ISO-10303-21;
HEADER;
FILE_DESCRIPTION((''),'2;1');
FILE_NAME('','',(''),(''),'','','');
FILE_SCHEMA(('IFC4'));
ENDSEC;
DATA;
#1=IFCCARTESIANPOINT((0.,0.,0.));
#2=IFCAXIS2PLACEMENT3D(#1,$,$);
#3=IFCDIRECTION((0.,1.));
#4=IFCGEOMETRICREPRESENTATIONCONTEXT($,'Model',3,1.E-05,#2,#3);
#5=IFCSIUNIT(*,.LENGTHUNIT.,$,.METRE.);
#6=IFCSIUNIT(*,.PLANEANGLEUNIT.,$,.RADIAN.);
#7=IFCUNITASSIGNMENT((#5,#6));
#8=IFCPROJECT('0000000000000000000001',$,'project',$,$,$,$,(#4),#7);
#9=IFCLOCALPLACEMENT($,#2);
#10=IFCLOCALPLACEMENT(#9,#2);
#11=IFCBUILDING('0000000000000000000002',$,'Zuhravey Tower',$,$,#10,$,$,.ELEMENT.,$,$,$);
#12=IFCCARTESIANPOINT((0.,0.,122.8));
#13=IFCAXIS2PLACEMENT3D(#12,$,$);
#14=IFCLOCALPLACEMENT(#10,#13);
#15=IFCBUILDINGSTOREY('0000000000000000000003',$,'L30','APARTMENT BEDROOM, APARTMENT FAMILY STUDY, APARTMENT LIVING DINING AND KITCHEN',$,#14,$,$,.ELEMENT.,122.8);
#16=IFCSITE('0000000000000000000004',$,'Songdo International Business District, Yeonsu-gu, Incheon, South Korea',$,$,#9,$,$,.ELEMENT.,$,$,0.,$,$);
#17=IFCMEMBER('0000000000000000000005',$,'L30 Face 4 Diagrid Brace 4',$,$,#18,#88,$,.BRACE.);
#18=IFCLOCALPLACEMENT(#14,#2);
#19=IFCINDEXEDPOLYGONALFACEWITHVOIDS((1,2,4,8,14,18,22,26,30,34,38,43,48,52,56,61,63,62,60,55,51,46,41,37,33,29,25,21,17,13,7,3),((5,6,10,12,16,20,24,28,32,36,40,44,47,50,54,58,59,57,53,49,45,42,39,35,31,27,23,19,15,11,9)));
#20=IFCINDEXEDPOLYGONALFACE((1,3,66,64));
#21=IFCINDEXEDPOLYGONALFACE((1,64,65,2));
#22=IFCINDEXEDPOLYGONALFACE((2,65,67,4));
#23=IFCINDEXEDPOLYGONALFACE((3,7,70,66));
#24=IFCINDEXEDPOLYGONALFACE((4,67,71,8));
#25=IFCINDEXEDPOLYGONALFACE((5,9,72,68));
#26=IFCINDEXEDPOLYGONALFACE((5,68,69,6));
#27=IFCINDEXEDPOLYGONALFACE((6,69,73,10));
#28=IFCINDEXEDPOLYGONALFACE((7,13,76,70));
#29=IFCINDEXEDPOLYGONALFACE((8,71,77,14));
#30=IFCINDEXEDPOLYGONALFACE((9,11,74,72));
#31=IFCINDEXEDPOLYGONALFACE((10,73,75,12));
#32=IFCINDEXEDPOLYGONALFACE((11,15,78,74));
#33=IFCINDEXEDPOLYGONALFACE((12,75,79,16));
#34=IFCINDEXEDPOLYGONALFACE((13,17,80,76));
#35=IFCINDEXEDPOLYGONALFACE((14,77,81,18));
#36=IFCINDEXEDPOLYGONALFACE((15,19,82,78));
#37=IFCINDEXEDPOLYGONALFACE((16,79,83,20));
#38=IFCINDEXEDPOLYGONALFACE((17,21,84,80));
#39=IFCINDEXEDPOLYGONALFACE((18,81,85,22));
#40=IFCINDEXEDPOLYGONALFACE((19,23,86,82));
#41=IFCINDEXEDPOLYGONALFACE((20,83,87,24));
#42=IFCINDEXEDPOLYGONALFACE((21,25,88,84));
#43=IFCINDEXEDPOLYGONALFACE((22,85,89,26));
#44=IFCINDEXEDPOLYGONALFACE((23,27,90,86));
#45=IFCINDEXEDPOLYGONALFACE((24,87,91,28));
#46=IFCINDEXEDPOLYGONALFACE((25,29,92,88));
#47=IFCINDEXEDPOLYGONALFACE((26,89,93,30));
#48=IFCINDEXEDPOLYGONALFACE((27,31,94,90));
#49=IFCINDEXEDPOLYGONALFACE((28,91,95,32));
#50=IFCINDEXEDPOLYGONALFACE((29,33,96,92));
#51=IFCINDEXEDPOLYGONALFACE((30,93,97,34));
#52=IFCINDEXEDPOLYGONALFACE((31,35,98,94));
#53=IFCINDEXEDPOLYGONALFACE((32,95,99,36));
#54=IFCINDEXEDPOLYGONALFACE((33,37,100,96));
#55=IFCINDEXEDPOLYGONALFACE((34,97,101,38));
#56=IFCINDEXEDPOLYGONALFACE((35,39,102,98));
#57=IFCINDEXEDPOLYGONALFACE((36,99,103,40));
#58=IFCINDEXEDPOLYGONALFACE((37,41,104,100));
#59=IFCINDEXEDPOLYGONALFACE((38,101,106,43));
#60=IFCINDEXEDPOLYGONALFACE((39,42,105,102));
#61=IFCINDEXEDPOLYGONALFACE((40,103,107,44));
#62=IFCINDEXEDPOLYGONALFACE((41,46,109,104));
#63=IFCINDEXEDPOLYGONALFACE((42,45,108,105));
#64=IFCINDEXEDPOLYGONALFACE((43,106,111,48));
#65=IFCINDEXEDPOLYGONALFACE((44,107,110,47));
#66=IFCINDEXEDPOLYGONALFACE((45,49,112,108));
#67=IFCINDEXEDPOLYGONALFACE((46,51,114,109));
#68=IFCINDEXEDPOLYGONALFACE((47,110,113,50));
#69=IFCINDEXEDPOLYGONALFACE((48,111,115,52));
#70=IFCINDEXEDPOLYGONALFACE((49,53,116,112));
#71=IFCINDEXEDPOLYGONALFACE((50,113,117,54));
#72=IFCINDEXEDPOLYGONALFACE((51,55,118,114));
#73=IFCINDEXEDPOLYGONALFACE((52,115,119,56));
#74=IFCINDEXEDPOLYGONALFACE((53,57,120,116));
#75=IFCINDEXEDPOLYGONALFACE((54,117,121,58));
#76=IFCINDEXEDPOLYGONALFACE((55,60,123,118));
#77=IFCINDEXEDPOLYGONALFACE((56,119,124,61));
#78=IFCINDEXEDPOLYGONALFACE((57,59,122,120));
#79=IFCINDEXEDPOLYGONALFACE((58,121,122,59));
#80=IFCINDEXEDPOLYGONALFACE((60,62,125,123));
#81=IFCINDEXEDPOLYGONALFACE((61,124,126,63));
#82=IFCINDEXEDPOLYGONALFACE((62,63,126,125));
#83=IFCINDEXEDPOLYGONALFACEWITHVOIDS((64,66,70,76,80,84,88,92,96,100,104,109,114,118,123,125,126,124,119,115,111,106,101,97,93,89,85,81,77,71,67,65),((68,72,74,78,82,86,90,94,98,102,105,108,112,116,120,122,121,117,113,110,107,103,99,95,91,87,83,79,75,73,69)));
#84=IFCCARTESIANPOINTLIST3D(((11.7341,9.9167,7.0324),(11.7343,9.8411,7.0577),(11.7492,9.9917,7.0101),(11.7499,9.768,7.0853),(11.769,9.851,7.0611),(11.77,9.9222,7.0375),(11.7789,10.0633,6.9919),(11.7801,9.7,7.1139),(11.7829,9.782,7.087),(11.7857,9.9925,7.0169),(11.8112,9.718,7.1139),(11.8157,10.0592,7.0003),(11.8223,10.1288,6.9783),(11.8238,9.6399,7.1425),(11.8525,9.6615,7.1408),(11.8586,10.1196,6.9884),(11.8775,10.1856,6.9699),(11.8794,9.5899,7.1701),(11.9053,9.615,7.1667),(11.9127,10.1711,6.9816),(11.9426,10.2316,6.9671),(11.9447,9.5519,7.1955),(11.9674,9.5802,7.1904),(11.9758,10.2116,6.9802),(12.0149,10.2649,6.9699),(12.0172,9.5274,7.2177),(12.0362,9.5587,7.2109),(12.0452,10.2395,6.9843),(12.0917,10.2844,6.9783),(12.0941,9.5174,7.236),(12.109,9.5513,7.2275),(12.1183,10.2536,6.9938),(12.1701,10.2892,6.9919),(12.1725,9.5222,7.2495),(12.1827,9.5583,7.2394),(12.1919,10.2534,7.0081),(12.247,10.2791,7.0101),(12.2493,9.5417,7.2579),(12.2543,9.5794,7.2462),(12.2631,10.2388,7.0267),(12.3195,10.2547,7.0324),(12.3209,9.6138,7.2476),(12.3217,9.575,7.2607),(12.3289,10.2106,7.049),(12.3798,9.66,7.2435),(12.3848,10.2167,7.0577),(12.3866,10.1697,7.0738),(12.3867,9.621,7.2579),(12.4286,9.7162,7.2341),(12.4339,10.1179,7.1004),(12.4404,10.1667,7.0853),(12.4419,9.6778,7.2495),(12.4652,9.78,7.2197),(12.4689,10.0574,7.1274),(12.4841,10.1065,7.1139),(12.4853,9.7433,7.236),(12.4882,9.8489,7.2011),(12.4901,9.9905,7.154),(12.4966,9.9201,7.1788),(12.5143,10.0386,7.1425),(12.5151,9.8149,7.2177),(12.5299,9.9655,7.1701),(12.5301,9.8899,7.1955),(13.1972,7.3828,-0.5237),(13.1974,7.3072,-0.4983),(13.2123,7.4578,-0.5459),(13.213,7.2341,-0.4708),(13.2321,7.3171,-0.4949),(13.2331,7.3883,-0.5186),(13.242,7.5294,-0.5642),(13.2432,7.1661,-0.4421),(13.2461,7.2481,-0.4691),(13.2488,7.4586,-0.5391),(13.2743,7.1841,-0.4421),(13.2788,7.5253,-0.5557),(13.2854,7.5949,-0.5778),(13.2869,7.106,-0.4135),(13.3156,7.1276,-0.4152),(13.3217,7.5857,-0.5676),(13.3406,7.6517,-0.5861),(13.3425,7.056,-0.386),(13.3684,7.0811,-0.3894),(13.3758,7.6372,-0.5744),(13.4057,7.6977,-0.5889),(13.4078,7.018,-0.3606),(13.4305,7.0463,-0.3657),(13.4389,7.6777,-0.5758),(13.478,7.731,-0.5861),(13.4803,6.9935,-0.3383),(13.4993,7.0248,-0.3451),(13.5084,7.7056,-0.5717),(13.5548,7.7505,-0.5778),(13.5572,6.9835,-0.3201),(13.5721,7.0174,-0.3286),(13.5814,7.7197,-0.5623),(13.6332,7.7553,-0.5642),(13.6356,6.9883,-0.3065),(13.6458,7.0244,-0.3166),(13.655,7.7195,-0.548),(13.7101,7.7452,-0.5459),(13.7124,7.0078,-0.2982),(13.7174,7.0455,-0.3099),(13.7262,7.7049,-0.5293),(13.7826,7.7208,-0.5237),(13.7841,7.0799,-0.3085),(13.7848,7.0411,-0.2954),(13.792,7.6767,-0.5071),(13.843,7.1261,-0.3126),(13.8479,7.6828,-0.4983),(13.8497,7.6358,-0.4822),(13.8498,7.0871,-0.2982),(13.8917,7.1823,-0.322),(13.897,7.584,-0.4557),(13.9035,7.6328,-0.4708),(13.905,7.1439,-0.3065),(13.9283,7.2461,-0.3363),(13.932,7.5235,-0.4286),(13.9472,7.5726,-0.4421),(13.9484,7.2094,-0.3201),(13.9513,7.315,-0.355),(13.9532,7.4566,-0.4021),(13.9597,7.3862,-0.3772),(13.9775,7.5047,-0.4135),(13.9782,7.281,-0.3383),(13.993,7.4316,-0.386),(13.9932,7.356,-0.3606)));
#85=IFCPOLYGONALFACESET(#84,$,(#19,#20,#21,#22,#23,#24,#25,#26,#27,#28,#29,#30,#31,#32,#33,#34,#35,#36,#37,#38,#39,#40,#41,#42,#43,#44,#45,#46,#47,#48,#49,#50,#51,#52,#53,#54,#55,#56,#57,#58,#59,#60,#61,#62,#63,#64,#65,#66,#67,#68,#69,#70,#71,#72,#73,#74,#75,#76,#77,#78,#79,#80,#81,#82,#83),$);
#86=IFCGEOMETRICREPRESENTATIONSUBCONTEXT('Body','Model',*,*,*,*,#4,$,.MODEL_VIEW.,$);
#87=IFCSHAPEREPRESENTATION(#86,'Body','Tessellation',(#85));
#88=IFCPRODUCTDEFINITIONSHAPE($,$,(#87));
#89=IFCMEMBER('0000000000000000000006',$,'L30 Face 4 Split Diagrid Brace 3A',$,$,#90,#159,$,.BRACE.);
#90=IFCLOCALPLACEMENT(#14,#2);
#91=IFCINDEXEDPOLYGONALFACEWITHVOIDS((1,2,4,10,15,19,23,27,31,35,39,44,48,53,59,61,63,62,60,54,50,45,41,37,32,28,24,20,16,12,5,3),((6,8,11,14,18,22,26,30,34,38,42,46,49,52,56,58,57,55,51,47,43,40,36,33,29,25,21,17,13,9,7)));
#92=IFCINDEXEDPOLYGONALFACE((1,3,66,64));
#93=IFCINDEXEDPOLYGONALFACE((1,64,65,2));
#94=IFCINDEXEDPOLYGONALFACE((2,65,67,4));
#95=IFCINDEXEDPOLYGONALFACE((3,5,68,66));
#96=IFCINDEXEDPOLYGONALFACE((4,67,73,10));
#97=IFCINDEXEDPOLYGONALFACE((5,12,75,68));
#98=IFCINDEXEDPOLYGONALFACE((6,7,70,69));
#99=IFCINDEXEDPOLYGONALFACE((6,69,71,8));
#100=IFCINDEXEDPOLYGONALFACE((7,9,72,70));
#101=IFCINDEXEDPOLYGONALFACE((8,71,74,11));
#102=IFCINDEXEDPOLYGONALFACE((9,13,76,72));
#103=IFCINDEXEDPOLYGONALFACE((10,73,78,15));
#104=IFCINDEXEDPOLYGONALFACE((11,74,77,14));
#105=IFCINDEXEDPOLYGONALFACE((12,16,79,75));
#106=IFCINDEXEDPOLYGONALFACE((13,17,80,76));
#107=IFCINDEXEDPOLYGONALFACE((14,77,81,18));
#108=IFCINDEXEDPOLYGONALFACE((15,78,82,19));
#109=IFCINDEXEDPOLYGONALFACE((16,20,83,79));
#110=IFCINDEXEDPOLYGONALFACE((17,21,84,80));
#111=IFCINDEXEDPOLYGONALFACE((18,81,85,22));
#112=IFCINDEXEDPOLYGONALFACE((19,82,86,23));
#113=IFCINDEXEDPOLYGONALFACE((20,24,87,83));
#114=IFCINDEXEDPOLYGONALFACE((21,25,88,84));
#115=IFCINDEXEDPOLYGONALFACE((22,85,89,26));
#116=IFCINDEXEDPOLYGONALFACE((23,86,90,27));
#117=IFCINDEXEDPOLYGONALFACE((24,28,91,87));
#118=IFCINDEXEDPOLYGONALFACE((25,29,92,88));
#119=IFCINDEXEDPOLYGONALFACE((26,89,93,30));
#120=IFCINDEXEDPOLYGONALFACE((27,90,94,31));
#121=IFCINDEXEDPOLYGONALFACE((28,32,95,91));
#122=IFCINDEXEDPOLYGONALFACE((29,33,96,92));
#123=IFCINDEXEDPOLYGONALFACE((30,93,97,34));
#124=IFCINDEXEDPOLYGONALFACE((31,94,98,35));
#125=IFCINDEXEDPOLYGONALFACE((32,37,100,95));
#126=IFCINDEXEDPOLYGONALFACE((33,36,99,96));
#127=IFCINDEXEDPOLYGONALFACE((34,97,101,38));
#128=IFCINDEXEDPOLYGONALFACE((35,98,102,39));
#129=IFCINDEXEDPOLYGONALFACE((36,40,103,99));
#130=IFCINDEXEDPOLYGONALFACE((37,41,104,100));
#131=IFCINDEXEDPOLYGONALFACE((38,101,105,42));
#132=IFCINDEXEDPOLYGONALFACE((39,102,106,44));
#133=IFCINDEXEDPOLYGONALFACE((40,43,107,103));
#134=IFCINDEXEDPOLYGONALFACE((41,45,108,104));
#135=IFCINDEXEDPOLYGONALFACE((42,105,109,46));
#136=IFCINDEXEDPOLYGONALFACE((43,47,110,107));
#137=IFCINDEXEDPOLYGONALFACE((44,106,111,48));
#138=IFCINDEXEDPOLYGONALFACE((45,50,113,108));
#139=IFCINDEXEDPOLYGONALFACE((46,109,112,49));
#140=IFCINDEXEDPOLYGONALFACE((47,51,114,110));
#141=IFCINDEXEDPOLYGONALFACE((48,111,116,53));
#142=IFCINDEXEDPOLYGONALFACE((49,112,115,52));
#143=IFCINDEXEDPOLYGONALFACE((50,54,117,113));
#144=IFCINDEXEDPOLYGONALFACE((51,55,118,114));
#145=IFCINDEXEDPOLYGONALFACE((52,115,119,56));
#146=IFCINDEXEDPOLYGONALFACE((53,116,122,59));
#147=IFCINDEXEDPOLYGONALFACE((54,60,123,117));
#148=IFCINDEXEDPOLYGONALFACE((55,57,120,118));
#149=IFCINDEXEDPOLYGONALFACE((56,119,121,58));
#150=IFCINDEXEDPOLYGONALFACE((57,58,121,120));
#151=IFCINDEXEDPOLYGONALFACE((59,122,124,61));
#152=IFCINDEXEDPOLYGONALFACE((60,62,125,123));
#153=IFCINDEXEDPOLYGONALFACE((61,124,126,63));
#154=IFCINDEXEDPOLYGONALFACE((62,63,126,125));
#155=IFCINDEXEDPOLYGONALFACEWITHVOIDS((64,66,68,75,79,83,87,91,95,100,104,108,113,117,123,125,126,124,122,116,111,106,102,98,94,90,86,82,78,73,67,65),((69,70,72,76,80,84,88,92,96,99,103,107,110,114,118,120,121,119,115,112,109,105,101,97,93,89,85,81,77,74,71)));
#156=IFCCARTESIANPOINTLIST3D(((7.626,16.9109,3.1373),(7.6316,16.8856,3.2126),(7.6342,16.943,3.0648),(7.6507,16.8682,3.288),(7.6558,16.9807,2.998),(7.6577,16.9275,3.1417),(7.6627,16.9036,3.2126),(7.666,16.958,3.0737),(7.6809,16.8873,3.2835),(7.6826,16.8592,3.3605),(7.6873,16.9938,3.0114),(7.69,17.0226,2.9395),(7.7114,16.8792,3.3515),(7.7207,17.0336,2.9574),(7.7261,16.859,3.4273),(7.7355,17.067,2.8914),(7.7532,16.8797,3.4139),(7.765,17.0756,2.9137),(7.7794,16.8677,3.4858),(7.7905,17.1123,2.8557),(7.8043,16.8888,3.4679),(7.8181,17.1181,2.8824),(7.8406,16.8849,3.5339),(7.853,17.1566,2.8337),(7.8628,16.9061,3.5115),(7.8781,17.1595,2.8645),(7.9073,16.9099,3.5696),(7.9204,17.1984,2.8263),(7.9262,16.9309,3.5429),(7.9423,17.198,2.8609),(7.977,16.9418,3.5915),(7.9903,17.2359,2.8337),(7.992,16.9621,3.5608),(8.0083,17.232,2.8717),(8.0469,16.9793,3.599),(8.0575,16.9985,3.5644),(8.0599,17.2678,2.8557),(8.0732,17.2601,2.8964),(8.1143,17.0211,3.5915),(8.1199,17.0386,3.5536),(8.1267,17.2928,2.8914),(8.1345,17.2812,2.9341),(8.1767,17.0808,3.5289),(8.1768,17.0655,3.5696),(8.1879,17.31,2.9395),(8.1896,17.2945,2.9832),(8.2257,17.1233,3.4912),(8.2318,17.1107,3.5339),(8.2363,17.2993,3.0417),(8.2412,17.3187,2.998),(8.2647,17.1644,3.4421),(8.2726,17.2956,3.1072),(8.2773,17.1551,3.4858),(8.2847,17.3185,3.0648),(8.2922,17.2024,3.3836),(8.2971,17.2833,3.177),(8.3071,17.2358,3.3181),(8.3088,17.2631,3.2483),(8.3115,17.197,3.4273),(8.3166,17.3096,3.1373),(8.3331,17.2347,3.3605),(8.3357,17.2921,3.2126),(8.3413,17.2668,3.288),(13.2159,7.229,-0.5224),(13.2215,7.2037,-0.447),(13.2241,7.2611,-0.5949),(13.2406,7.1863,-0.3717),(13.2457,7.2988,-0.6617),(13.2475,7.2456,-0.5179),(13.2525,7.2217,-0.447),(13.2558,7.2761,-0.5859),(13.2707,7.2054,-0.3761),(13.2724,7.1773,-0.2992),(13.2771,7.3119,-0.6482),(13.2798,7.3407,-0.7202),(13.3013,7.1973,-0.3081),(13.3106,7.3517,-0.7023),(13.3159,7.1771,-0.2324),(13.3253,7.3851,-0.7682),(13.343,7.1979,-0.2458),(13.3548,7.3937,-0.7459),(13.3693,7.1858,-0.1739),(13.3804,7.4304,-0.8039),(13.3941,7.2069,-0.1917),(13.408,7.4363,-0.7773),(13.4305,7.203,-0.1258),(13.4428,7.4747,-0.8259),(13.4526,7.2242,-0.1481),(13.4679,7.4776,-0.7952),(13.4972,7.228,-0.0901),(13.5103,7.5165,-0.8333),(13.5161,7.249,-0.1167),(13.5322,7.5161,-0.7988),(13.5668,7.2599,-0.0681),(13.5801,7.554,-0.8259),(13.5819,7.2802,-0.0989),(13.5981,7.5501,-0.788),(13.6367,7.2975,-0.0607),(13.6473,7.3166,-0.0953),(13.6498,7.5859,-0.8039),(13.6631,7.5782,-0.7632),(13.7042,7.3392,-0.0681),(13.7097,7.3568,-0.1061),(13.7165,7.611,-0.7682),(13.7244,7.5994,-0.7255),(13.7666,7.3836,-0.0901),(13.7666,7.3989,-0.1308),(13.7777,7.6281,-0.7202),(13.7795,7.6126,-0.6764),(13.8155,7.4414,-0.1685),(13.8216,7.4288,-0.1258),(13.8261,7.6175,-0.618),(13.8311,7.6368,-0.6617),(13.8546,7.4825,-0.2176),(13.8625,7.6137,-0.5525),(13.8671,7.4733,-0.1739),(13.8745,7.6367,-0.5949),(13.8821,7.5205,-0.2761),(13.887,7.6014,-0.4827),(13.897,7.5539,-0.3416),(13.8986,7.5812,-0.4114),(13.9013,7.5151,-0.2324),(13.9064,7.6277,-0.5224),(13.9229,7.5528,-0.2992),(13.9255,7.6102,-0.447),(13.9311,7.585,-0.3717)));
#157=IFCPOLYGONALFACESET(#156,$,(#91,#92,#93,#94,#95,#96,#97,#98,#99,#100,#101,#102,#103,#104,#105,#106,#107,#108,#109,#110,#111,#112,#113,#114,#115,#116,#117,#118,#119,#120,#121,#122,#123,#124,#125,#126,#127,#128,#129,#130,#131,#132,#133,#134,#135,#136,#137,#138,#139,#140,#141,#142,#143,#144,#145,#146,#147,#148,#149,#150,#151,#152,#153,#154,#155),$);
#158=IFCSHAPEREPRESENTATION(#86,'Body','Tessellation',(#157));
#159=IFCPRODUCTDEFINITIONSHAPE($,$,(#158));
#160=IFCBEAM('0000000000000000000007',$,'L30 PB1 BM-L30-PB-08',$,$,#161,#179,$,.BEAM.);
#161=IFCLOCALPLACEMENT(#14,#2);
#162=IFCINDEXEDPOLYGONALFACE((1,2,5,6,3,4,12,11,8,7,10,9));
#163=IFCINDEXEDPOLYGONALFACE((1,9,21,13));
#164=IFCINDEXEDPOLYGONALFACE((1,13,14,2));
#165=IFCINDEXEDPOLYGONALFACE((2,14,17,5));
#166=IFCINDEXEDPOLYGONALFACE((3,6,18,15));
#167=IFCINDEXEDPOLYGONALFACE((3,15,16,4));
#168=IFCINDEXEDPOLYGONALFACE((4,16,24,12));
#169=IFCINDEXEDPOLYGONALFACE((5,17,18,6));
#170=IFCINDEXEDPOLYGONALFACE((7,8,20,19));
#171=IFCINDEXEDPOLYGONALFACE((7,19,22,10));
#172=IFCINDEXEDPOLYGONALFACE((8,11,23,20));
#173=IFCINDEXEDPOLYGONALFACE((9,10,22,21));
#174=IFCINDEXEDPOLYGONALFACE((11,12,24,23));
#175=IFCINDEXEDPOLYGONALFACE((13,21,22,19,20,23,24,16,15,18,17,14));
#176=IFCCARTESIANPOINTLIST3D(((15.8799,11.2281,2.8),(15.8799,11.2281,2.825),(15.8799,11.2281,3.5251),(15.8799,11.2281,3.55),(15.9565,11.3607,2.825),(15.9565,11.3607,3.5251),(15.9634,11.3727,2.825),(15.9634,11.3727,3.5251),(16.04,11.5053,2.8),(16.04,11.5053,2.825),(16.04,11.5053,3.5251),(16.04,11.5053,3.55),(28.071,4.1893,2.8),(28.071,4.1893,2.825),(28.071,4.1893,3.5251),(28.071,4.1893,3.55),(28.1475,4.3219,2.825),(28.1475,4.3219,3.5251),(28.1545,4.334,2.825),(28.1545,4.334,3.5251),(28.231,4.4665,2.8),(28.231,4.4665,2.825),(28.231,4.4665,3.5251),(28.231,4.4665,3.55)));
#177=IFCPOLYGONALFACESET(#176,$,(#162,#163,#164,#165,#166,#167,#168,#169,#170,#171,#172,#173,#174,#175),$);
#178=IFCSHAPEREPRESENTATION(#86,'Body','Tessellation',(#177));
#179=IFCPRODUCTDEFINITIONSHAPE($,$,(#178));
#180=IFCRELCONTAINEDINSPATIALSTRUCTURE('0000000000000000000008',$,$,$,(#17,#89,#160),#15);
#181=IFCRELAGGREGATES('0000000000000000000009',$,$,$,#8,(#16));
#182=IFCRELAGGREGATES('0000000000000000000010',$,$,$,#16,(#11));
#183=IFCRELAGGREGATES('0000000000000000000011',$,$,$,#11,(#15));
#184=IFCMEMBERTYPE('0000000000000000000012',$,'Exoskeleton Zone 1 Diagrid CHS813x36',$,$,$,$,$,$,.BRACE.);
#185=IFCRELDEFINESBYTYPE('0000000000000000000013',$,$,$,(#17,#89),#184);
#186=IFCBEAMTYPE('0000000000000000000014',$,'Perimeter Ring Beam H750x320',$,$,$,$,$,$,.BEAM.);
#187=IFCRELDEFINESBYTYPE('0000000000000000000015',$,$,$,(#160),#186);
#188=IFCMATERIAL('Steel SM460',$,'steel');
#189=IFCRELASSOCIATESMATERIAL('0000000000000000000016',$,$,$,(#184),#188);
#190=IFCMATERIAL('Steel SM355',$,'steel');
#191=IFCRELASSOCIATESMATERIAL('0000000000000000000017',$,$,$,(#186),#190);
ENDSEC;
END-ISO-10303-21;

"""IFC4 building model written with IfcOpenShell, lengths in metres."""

from ifc_helpers import new_model, si_unit, direction, frame, origin, origin_2d, place, context, subcontext, project, spatial, hollow_circle, i_section, extrude, material, material_profile, profile_set, type_object, element, save


model = new_model("IFC4")

# Units and contexts
model_context = context("Model", 3, precision=1e-05, world=origin(), true_north=direction((0.0, 1.0)))
body_context = subcontext(model_context, "Body", "Model", "MODEL_VIEW")
ifc_project = project(units=[si_unit("LENGTHUNIT", "METRE"), si_unit("PLANEANGLEUNIT", "RADIAN")], contexts=[model_context])

# Site, building, storey
site_placement = place(None, origin())
site = spatial("IfcSite", under=ifc_project, at=site_placement, Name="Songdo International Business District, Yeonsu-gu, Incheon, South Korea", CompositionType="ELEMENT", RefElevation=0.0)
building_placement = place(site_placement, origin())
building = spatial("IfcBuilding", under=site, at=building_placement, Name="Zuhravey Tower", CompositionType="ELEMENT")
storey_placement = place(building_placement, frame((0.0, 0.0, 122.8)))
storey = spatial("IfcBuildingStorey", under=building, at=storey_placement, Name="L30", Description="APARTMENT BEDROOM, APARTMENT FAMILY STUDY, APARTMENT LIVING DINING AND KITCHEN", CompositionType="ELEMENT", Elevation=122.8)

# Members
ifc_material_1 = material(Name="Steel SM460", Category="steel")
ifc_material_profile_1 = material_profile(ifc_material_1, hollow_circle(Radius=0.4065, WallThickness=0.0359, at=origin_2d()), Name="CHS-812.8x36")
ifc_profile_set_1 = profile_set([ifc_material_profile_1], Name="Steel SM460")
member_type_1 = type_object("IfcMemberType", Name="Exoskeleton Zone 1 Diagrid CHS813x36", PredefinedType="BRACE", material=ifc_profile_set_1)
member_1_placement = place(storey_placement, frame((13.5952, 7.3694, -0.4421), z_axis=(-0.180569, 0.312719, 0.932524), x_axis=(-0.866001, -0.500043, 0.0)))
element("IfcMember", 1, at=member_1_placement, inside=storey, type_object=member_type_1, Name="L30 Face 4 Diagrid Brace 4", PredefinedType="BRACE", context=body_context, shape_type="SweptSolid", body=[
    extrude(hollow_circle(Radius=0.4065, WallThickness=0.0359, at=origin_2d()), origin(), (0.0, 0.0, 1.0), 8.1028),
])
member_2_placement = place(storey_placement, frame((13.5735, 7.407, -0.447), z_axis=(-0.475188, 0.823049, 0.311105), x_axis=(-0.866025, -0.5, 0.0)))
element("IfcMember", 2, at=member_2_placement, inside=storey, type_object=member_type_1, Name="L30 Face 4 Split Diagrid Brace 3A", PredefinedType="BRACE", context=body_context, shape_type="SweptSolid", body=[
    extrude(hollow_circle(Radius=0.4065, WallThickness=0.0359, at=origin_2d()), origin(), (0.0, 0.0, 1.0), 11.7634),
])

# Beam
ifc_material_2 = material(Name="Steel SM355", Category="steel")
ifc_material_profile_2 = material_profile(ifc_material_2, i_section(OverallWidth=0.3201, OverallDepth=0.75, WebThickness=0.0139, FlangeThickness=0.0249, at=origin_2d()), Name="H-750x320x14x25")
ifc_profile_set_2 = profile_set([ifc_material_profile_2], Name="Steel SM355")
beam_type_1 = type_object("IfcBeamType", Name="Perimeter Ring Beam H750x320", PredefinedType="BEAM", material=ifc_profile_set_2)
beam_1_placement = place(storey_placement, frame((15.96, 11.3667, 3.175), z_axis=(0.866018, -0.500013, 0.0), x_axis=(0.500013, 0.866018, 0.0)))
element("IfcBeam", 3, at=beam_1_placement, inside=storey, type_object=beam_type_1, Name="L30 PB1 BM-L30-PB-08", PredefinedType="BEAM", context=body_context, shape_type="SweptSolid", body=[
    extrude(i_section(OverallWidth=0.3201, OverallDepth=0.75, WebThickness=0.0139, FlangeThickness=0.0249, at=origin_2d()), origin(), (0.0, 0.0, 1.0), 14.0771),
])

save(model, "model.ifc")
